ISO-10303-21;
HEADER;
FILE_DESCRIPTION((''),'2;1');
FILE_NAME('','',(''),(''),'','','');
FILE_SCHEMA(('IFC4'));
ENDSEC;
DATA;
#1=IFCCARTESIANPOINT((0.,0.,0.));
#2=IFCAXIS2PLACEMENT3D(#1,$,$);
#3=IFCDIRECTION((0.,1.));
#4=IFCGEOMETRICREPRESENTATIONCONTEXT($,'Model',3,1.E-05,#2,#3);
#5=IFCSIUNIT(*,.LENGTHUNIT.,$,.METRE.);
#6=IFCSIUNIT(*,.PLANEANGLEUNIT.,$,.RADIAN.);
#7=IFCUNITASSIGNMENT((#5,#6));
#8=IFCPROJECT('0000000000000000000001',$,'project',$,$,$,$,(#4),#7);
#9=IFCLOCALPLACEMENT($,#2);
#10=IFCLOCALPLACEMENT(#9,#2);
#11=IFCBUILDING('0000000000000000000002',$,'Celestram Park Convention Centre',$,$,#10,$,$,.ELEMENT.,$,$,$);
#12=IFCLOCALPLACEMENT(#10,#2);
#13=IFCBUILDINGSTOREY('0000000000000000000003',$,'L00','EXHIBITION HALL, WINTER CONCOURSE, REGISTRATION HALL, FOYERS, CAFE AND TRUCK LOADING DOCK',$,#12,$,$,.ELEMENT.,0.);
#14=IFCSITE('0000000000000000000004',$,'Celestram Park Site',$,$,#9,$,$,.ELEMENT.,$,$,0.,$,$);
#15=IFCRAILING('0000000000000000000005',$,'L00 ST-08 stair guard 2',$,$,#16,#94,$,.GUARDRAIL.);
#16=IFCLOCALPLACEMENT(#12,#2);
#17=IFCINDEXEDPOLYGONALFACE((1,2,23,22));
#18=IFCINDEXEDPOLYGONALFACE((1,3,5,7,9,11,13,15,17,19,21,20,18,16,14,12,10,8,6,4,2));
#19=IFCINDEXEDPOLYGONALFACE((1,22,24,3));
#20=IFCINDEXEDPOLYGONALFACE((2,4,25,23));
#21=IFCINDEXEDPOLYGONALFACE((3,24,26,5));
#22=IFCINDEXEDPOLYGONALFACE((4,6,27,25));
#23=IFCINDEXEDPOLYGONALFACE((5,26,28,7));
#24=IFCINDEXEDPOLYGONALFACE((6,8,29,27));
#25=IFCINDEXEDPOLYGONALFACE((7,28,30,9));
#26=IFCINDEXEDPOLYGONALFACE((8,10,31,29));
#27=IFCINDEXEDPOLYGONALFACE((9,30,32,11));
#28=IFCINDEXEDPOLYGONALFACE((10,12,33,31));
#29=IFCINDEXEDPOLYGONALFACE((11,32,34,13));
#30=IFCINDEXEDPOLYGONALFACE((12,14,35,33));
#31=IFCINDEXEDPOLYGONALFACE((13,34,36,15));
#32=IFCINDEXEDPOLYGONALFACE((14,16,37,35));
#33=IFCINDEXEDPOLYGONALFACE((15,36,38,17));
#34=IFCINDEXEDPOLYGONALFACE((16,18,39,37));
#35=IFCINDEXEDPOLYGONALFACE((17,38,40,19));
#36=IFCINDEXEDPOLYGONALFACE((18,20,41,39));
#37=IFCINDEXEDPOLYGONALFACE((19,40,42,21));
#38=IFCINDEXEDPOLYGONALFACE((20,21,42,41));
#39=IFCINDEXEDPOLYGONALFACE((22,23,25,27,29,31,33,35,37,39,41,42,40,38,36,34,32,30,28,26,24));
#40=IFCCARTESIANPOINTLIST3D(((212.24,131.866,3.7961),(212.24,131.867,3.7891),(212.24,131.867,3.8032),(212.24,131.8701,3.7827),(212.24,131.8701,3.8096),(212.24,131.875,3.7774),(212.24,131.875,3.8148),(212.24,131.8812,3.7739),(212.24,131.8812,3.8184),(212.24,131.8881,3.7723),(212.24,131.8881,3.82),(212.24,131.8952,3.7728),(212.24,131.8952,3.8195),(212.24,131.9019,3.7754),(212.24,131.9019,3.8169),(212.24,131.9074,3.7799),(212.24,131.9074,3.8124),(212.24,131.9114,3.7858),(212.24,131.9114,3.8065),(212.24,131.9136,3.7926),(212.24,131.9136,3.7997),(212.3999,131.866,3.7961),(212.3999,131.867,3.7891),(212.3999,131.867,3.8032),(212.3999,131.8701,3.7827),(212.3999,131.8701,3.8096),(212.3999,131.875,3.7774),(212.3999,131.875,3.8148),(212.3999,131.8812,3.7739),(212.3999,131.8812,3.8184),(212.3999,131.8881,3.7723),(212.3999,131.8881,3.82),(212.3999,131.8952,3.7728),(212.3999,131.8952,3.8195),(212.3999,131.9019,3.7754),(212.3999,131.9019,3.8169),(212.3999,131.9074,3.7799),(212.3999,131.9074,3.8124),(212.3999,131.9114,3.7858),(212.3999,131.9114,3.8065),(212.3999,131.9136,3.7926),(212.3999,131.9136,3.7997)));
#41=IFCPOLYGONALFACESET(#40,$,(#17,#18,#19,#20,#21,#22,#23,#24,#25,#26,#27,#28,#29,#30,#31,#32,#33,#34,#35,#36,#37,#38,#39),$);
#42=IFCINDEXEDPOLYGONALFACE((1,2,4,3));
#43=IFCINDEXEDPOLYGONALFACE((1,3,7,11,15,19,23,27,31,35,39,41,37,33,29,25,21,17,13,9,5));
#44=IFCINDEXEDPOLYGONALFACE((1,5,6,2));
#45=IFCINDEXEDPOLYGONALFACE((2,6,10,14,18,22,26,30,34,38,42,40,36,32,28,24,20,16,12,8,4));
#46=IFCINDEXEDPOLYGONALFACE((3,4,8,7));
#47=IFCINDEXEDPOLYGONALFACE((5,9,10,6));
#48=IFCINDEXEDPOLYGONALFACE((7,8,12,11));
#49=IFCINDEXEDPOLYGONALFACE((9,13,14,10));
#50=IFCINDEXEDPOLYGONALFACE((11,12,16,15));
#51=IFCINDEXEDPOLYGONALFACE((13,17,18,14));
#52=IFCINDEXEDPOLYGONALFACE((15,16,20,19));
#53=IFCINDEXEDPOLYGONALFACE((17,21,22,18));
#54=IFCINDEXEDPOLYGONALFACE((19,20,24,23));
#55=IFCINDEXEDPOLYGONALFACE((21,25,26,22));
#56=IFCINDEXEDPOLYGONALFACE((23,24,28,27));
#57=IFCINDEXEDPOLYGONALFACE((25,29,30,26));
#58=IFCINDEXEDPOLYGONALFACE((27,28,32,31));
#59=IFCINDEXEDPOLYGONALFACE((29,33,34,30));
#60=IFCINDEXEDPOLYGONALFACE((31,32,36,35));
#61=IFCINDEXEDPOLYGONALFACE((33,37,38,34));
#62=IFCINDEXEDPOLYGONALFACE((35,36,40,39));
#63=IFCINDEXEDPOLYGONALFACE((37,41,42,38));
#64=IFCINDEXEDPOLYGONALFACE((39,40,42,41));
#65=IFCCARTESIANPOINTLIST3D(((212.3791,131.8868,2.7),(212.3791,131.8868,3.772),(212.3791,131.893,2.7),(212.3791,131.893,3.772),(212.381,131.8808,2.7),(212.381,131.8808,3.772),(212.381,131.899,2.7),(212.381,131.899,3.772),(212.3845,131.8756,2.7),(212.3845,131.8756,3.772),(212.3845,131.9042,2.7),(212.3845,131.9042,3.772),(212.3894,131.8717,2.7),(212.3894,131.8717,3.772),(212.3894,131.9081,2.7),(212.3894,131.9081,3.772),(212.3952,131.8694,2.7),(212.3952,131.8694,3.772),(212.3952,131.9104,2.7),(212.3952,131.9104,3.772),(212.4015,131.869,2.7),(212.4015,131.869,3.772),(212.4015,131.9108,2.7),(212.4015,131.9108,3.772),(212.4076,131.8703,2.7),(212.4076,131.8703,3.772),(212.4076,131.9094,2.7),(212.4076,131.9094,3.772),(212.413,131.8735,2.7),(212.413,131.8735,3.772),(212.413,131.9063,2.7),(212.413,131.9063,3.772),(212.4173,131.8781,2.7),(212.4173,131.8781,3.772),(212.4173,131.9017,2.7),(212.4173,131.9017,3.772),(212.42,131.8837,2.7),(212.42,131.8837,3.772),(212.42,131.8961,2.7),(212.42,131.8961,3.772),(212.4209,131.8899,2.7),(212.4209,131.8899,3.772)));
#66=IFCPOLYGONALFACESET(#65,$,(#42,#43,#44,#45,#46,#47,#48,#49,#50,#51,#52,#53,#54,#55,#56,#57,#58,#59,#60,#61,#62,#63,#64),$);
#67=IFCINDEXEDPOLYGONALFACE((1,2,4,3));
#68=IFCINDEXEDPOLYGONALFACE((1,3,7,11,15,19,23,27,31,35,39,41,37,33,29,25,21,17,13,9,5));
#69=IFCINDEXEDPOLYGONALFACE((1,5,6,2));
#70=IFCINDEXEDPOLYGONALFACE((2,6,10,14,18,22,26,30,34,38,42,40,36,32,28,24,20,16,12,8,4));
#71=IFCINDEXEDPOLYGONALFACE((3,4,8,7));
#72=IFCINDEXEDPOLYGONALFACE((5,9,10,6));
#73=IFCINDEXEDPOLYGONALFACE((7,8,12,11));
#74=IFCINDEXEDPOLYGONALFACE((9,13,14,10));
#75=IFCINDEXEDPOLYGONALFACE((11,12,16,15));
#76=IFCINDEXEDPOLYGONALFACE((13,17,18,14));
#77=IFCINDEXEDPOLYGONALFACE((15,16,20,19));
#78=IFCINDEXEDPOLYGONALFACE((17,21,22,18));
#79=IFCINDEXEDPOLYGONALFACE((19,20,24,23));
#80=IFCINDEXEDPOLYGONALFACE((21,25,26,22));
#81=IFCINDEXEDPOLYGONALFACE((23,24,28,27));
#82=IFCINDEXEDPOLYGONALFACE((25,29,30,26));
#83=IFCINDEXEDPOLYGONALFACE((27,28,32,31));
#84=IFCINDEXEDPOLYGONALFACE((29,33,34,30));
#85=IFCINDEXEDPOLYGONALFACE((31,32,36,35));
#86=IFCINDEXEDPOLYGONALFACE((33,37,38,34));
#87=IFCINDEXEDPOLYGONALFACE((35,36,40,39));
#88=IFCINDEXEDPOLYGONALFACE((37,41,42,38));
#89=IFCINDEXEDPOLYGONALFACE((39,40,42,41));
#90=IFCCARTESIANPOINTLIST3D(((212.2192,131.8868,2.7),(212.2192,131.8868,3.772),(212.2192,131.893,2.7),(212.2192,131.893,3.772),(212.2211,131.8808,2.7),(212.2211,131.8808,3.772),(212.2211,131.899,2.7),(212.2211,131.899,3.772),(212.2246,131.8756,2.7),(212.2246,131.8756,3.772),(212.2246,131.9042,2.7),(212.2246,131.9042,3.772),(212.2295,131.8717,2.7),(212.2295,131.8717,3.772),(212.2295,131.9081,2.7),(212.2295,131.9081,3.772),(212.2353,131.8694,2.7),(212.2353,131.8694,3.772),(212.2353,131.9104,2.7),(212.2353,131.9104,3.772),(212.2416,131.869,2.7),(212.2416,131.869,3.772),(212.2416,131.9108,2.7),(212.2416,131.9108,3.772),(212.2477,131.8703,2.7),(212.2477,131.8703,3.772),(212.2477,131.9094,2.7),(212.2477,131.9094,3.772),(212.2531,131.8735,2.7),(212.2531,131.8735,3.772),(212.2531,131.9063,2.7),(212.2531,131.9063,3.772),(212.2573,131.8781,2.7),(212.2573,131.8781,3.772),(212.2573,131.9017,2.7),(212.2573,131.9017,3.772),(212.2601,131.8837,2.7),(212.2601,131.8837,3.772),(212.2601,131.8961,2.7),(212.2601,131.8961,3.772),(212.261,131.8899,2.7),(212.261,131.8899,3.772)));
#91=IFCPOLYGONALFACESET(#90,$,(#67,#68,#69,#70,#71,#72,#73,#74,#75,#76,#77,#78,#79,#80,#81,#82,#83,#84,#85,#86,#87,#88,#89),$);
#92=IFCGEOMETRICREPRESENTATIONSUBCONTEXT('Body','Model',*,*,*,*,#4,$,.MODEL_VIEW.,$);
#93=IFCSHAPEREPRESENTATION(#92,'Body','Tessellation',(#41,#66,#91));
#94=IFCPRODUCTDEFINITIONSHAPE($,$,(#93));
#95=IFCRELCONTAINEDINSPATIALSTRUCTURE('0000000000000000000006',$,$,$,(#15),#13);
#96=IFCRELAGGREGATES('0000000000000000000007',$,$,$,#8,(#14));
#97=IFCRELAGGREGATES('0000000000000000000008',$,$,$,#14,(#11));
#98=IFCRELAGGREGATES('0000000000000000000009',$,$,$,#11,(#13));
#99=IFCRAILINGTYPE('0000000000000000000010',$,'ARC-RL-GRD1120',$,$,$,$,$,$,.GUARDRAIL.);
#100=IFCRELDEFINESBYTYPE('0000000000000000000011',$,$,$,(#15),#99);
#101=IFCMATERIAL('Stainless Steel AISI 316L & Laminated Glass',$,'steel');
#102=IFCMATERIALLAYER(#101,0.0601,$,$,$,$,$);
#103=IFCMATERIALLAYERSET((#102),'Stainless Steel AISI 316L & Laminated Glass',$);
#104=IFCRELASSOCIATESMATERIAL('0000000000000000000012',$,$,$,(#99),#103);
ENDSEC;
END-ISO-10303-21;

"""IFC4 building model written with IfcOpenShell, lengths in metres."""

from ifc_helpers import new_model, si_unit, direction, frame, origin, origin_2d, place, context, subcontext, project, spatial, circle, extrude, material, layer, layer_set, type_object, element, save


model = new_model("IFC4")

# Units and contexts
model_context = context("Model", 3, precision=1e-05, world=origin(), true_north=direction((0.0, 1.0)))
body_context = subcontext(model_context, "Body", "Model", "MODEL_VIEW")
ifc_project = project(units=[si_unit("LENGTHUNIT", "METRE"), si_unit("PLANEANGLEUNIT", "RADIAN")], contexts=[model_context])

# Site, building, storey
site_placement = place(None, origin())
site = spatial("IfcSite", under=ifc_project, at=site_placement, Name="Celestram Park Site", CompositionType="ELEMENT", RefElevation=0.0)
building_placement = place(site_placement, origin())
building = spatial("IfcBuilding", under=site, at=building_placement, Name="Celestram Park Convention Centre", CompositionType="ELEMENT")
storey_placement = place(building_placement, origin())
storey = spatial("IfcBuildingStorey", under=building, at=storey_placement, Name="L00", Description="EXHIBITION HALL, WINTER CONCOURSE, REGISTRATION HALL, FOYERS, CAFE AND TRUCK LOADING DOCK", CompositionType="ELEMENT", Elevation=0.0)

# Railing
ifc_material_1 = material(Name="Stainless Steel AISI 316L & Laminated Glass", Category="steel")
ifc_layer_1 = layer(ifc_material_1, 0.0601)
ifc_layer_set_1 = layer_set([ifc_layer_1], Name="Stainless Steel AISI 316L & Laminated Glass")
railing_type_1 = type_object("IfcRailingType", Name="ARC-RL-GRD1120", PredefinedType="GUARDRAIL", material=ifc_layer_set_1)
railing_1_placement = place(storey_placement, frame((212.3999, 131.8899, 2.7)))
element("IfcRailing", 1, at=railing_1_placement, inside=storey, type_object=railing_type_1, Name="L00 ST-08 stair guard 2", PredefinedType="GUARDRAIL", context=body_context, shape_type="SweptSolid", body=[
    extrude(circle(Radius=0.0239, at=origin_2d()), frame((0.0, 0.0, 1.0962), z_axis=(-1.0, 0.0, 0.0), x_axis=(0.0, -1.0, 0.0)), (0.0, 0.0, 1.0), 0.1599),
    extrude(circle(Radius=0.021, at=origin_2d()), origin(), (0.0, 0.0, 1.0), 1.072),
    extrude(circle(Radius=0.021, at=origin_2d()), frame((-0.1599, 0.0, 0.0)), (0.0, 0.0, 1.0), 1.072),
])

save(model, "model.ifc")
